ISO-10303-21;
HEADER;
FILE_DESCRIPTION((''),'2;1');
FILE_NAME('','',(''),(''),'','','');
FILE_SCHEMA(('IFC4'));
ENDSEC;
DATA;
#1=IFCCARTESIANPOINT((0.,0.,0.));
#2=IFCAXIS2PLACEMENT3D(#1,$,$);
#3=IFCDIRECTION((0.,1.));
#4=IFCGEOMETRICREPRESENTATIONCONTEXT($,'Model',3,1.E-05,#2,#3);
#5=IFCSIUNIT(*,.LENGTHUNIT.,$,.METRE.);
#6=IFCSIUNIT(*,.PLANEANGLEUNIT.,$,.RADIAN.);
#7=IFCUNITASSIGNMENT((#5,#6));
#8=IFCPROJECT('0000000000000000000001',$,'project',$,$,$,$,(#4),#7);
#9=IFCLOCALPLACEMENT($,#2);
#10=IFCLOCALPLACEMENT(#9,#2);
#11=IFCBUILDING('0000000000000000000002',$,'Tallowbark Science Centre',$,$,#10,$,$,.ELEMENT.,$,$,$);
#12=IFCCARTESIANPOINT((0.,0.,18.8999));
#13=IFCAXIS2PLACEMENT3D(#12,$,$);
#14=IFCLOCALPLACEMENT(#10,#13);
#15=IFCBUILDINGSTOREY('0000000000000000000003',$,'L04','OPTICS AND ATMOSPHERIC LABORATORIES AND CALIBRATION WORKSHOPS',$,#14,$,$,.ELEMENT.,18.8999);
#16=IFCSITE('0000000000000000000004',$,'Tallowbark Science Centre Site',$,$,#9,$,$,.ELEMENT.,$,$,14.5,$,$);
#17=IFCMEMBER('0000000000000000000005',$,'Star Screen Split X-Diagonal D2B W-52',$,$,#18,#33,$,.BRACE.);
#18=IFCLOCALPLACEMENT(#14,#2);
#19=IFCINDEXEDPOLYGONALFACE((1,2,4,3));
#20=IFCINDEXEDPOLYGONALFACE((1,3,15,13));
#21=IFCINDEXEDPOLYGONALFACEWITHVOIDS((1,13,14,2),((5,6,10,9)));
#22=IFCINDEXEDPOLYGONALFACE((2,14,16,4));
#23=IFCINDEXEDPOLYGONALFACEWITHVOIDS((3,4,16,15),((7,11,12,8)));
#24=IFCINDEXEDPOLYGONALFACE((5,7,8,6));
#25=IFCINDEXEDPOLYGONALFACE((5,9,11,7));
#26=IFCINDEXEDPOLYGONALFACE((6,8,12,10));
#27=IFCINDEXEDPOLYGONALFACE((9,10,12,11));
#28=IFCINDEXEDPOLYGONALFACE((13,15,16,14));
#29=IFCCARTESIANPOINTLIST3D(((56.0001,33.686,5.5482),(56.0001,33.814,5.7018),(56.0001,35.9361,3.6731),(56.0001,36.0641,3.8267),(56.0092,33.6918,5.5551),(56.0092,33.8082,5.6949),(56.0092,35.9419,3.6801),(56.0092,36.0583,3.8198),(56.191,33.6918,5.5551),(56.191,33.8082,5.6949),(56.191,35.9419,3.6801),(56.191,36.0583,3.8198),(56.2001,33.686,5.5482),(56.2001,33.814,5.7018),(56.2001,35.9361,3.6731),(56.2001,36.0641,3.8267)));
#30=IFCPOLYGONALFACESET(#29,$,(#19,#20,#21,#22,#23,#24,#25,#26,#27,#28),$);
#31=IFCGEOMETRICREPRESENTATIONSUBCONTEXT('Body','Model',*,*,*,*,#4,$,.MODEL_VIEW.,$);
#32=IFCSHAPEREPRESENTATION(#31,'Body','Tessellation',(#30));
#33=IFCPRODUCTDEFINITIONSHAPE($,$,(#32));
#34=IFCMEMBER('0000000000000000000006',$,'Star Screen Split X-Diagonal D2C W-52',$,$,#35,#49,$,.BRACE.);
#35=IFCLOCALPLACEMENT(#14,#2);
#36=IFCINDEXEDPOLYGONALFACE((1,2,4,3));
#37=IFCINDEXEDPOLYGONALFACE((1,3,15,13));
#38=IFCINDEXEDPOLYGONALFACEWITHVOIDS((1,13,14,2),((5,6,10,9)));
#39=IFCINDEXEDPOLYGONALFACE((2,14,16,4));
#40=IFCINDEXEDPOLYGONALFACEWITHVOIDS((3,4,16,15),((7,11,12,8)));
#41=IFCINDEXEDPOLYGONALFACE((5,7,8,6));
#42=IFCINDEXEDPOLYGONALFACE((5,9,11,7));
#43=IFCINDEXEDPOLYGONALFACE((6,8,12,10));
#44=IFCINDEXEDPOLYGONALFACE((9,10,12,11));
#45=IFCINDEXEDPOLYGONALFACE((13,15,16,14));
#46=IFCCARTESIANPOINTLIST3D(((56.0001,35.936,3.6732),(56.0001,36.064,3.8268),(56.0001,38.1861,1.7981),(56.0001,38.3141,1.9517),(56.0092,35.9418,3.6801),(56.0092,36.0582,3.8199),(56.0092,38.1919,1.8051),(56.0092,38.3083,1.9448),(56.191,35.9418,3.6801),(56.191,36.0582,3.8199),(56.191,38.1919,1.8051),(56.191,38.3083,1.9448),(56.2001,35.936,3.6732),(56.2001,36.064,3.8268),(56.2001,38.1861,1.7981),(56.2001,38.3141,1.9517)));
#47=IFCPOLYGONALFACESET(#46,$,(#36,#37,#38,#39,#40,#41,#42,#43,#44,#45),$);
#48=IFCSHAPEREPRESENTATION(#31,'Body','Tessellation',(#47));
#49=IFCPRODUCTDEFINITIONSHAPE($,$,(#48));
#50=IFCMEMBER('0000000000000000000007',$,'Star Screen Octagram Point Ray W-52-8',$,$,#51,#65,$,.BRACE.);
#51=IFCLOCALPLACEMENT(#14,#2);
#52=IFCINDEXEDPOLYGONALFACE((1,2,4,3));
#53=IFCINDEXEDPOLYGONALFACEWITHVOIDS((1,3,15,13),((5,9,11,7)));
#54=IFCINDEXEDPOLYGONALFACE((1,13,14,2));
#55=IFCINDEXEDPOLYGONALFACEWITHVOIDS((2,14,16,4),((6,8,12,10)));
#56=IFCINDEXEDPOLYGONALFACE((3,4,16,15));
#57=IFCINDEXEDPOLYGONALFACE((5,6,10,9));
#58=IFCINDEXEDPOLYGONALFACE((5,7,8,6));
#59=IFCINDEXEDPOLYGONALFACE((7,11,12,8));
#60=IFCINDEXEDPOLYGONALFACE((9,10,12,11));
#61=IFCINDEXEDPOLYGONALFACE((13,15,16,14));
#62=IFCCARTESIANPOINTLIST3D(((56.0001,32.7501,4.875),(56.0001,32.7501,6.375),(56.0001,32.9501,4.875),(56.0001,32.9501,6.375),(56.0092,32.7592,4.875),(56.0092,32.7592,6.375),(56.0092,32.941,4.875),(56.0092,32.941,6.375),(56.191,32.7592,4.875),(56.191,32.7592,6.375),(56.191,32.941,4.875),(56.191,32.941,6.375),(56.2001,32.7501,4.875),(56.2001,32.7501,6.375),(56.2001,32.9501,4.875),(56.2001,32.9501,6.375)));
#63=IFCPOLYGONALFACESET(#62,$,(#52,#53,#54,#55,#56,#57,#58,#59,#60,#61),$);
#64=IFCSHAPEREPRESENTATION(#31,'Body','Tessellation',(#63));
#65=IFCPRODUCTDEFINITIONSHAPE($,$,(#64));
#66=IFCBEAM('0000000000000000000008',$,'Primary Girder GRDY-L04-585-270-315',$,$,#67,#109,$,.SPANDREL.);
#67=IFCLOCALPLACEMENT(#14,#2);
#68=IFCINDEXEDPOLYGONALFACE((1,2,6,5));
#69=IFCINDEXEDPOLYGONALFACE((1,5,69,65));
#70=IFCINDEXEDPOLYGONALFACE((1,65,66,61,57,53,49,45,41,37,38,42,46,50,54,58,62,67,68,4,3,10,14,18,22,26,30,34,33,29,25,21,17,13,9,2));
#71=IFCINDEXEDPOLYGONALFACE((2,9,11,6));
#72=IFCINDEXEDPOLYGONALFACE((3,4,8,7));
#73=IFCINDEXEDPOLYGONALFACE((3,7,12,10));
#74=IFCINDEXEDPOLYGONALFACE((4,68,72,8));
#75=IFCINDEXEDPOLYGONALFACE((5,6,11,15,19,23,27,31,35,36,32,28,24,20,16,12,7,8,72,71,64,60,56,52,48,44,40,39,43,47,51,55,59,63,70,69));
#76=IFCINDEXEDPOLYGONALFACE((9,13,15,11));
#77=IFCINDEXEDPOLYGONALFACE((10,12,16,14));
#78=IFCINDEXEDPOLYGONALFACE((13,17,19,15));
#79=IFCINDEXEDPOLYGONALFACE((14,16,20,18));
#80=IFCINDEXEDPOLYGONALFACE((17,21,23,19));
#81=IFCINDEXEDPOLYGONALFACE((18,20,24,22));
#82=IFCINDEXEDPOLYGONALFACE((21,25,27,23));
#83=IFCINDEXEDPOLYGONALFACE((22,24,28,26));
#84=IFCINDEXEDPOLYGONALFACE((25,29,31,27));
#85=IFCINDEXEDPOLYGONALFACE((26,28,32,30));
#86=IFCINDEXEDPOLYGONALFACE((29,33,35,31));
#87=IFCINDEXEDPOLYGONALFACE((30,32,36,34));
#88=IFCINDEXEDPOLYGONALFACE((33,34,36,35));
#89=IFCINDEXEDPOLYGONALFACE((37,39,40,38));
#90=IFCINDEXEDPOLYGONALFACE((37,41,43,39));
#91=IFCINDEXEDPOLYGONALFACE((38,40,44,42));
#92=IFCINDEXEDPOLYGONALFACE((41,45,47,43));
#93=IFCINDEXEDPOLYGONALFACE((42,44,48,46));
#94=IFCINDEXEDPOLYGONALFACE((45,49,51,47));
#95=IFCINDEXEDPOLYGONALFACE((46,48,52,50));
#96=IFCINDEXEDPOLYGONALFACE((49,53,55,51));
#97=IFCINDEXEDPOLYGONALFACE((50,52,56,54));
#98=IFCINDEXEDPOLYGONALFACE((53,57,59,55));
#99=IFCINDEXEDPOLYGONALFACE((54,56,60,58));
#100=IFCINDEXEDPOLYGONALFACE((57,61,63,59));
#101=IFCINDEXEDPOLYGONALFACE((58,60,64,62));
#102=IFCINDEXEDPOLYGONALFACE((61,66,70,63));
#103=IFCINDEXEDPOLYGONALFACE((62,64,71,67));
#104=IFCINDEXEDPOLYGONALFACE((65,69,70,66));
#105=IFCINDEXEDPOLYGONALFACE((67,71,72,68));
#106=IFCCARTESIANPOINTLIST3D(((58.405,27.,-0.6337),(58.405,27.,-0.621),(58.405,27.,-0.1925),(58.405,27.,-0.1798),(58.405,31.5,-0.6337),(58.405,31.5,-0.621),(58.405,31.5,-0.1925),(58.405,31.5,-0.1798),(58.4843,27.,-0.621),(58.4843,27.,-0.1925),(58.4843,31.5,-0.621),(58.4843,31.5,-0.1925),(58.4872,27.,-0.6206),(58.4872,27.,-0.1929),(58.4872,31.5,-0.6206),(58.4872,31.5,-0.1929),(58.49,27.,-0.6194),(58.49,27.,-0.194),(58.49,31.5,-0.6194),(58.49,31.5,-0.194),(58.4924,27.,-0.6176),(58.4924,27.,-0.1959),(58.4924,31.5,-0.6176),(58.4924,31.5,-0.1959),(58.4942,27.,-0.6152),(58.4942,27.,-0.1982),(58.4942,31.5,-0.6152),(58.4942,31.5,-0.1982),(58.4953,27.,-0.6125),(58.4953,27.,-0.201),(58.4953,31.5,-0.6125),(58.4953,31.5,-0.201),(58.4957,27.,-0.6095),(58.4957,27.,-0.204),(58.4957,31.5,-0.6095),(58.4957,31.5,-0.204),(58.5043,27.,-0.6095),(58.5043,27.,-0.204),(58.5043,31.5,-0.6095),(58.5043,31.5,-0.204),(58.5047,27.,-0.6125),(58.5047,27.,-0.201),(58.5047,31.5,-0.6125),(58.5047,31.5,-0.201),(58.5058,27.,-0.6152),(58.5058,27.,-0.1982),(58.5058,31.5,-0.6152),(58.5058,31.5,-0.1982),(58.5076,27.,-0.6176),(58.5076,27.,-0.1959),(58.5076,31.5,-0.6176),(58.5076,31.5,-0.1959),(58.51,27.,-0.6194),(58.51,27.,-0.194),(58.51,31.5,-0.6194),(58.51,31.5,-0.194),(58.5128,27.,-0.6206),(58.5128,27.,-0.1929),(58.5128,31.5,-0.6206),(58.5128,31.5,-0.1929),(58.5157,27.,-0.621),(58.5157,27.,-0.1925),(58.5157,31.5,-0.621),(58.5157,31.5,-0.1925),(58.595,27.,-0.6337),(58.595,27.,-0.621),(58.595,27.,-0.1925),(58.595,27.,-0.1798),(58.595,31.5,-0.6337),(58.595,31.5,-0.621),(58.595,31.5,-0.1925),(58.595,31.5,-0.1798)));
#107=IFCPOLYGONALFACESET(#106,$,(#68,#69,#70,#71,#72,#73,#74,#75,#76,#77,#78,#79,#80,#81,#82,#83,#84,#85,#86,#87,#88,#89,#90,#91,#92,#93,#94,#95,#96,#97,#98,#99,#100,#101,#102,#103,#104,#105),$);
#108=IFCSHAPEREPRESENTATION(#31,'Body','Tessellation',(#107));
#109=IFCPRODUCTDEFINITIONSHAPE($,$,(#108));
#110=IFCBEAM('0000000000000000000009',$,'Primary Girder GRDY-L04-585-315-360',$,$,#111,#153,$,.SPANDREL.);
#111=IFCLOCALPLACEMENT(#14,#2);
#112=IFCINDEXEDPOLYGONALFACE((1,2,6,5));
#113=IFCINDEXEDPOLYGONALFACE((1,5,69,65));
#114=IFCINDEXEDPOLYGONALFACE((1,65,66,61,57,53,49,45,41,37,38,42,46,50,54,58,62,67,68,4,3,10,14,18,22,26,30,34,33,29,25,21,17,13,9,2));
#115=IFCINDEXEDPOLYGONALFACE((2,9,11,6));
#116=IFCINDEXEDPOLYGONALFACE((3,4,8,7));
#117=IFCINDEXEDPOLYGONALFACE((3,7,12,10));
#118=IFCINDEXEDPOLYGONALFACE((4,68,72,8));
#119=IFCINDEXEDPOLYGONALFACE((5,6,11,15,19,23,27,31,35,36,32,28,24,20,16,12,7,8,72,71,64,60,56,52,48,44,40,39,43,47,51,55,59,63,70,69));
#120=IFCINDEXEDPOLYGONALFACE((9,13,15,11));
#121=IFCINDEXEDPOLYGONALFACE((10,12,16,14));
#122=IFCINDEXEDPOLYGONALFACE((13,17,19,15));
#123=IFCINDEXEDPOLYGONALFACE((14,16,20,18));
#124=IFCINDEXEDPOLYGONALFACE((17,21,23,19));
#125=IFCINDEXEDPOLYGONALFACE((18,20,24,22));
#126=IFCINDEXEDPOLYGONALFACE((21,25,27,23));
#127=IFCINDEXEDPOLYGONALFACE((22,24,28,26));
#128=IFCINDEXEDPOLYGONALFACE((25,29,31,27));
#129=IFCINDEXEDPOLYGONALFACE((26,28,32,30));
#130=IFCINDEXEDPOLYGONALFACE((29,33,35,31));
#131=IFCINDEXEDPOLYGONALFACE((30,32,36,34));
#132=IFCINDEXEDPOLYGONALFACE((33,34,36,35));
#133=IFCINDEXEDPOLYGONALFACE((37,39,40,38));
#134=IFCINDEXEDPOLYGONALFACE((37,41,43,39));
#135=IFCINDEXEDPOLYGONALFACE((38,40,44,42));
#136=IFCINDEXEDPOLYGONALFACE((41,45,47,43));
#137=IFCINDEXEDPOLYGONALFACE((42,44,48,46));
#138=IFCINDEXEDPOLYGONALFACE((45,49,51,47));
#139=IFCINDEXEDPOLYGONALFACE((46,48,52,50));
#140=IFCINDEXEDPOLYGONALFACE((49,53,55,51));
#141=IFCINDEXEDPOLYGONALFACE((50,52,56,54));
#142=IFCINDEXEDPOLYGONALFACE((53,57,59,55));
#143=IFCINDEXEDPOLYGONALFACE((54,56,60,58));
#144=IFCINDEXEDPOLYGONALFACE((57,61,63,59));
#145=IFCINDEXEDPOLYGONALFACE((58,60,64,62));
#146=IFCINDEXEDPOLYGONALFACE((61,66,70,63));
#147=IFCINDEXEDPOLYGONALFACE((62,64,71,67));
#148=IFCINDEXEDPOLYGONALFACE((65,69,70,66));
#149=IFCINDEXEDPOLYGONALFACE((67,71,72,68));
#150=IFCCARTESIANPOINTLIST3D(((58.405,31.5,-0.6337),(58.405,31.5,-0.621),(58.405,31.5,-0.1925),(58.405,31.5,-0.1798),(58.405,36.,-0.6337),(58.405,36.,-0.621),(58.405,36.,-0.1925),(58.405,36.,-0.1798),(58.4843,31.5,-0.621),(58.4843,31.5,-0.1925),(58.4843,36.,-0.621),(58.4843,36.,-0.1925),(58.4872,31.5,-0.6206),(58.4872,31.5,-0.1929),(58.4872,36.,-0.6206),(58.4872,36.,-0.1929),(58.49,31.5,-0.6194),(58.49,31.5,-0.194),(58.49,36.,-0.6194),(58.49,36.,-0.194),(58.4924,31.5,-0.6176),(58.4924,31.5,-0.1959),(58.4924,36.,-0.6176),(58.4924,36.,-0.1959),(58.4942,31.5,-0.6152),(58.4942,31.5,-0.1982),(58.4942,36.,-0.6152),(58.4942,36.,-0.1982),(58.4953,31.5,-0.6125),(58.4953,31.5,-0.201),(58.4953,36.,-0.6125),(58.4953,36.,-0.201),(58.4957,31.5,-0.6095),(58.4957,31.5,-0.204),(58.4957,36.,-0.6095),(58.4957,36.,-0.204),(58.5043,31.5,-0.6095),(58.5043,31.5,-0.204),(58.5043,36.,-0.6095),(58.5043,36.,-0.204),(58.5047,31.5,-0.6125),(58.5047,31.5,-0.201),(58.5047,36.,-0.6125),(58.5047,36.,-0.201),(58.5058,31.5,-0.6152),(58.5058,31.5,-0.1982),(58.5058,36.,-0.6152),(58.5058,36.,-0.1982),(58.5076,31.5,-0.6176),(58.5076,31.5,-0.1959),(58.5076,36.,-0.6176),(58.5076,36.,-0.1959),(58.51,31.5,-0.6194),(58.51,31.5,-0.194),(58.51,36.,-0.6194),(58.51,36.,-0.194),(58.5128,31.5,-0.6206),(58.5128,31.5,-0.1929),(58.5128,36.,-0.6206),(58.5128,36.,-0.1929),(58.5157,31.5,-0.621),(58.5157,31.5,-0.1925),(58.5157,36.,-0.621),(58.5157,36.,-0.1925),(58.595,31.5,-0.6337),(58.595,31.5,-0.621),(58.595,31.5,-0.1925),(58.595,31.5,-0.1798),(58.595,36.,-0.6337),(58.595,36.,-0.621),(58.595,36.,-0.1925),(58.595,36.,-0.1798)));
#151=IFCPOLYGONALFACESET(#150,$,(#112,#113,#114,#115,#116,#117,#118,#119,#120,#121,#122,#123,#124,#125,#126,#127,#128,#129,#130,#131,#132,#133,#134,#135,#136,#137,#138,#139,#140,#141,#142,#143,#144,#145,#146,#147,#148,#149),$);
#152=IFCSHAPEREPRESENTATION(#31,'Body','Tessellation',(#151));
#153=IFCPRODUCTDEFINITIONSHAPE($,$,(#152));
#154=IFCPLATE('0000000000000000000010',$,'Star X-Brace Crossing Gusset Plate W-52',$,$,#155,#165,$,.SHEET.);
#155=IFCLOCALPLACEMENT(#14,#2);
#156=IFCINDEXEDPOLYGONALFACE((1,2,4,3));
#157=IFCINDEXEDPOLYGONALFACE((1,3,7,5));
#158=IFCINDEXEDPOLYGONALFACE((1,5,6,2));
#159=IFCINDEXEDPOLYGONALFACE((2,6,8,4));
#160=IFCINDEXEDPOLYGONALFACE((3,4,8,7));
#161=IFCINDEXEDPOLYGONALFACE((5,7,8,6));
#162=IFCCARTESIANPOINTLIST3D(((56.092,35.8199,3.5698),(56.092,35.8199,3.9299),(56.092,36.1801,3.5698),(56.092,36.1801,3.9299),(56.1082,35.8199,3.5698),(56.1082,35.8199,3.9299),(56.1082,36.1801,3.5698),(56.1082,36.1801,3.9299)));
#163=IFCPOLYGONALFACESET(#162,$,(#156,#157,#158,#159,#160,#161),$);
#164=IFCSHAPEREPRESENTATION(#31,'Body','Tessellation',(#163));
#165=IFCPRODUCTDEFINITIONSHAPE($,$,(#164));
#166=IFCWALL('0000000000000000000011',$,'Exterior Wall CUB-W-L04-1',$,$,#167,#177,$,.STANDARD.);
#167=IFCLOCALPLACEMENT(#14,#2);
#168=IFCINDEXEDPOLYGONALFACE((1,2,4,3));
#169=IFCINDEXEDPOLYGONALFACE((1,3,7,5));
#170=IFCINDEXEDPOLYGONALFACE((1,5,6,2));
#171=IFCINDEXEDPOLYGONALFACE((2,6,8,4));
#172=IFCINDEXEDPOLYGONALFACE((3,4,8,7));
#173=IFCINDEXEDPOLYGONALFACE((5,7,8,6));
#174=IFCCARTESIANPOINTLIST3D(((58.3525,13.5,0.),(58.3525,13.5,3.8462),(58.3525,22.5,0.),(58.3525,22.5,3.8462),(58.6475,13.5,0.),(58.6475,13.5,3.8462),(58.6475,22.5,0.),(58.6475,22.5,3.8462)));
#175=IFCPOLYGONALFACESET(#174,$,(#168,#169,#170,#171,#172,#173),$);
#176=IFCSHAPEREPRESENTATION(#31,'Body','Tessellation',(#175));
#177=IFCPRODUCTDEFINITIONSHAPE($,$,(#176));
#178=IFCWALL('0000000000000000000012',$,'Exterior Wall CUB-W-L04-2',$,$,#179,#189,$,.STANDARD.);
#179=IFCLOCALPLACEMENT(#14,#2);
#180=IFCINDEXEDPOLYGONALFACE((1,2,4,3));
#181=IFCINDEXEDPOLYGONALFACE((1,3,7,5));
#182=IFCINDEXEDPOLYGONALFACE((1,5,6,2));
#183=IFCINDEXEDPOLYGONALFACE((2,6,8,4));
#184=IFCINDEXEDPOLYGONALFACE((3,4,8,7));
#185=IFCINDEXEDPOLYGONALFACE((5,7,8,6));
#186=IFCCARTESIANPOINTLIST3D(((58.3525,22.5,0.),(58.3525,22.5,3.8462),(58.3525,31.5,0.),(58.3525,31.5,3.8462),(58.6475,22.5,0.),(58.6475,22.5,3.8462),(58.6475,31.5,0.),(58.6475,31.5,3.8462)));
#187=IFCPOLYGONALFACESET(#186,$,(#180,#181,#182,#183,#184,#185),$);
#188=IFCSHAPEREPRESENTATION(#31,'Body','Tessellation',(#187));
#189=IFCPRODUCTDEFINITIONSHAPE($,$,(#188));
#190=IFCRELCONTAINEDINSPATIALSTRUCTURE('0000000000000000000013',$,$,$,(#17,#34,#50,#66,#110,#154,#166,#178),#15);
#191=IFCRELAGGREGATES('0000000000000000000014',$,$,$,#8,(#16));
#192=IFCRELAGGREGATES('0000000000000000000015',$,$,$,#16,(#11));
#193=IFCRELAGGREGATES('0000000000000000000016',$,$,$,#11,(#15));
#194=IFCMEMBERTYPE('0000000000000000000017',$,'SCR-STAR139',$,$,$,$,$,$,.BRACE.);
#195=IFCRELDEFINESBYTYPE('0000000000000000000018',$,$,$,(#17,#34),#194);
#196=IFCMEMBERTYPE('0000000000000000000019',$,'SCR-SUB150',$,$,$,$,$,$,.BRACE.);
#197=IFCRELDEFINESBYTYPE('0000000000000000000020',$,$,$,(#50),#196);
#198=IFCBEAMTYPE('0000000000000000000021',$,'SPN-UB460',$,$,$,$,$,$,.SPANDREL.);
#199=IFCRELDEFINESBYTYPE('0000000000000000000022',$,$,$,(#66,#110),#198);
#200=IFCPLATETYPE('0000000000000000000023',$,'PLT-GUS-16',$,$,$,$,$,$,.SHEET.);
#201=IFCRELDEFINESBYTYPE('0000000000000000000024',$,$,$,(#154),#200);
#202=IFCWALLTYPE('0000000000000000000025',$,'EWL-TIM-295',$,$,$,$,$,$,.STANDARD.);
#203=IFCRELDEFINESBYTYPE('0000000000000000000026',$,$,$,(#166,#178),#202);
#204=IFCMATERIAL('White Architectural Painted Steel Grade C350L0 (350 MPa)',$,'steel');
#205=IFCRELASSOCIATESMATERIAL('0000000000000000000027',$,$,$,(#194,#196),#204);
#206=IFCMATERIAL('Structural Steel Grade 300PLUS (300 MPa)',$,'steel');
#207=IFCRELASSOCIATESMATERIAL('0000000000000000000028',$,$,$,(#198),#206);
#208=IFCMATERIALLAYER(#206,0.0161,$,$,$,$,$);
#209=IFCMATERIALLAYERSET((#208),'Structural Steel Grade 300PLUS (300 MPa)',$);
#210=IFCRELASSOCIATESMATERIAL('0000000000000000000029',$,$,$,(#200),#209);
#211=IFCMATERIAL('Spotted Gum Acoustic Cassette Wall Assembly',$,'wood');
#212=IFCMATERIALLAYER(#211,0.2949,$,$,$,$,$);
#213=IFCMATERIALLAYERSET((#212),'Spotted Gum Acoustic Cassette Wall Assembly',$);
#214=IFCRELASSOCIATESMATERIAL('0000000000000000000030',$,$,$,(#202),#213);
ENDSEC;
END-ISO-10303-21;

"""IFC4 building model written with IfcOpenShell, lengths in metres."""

from ifc_helpers import new_model, si_unit, direction, frame, frame_2d, origin, origin_2d, place, context, subcontext, project, spatial, rectangle, hollow_rectangle, i_section, extrude, material, layer, layer_set, material_profile, profile_set, type_object, element, save


model = new_model("IFC4")

# Units and contexts
model_context = context("Model", 3, precision=1e-05, world=origin(), true_north=direction((0.0, 1.0)))
body_context = subcontext(model_context, "Body", "Model", "MODEL_VIEW")
ifc_project = project(units=[si_unit("LENGTHUNIT", "METRE"), si_unit("PLANEANGLEUNIT", "RADIAN")], contexts=[model_context])

# Site, building, storey
site_placement = place(None, origin())
site = spatial("IfcSite", under=ifc_project, at=site_placement, Name="Tallowbark Science Centre Site", CompositionType="ELEMENT", RefElevation=14.5)
building_placement = place(site_placement, origin())
building = spatial("IfcBuilding", under=site, at=building_placement, Name="Tallowbark Science Centre", CompositionType="ELEMENT")
storey_placement = place(building_placement, frame((0.0, 0.0, 18.8999)))
storey = spatial("IfcBuildingStorey", under=building, at=storey_placement, Name="L04", Description="OPTICS AND ATMOSPHERIC LABORATORIES AND CALIBRATION WORKSHOPS", CompositionType="ELEMENT", Elevation=18.8999)

# Shared definitions
ifc_material_1 = material(Name="Structural Steel Grade 300PLUS (300 MPa)", Category="steel")

# Shared definitions
ifc_material_2 = material(Name="White Architectural Painted Steel Grade C350L0 (350 MPa)", Category="steel")

# Members
ifc_material_profile_1 = material_profile(ifc_material_2, hollow_rectangle(XDim=0.2, YDim=0.2, WallThickness=0.009, at=origin_2d()), Name="200x200x9.0SHS")
ifc_profile_set_1 = profile_set([ifc_material_profile_1], Name="White Architectural Painted Steel Grade C350L0 (350 MPa)")
member_type_1 = type_object("IfcMemberType", Name="SCR-STAR139", PredefinedType="BRACE", material=ifc_profile_set_1)
for number, where, z_axis, x_axis, name in (
    (1, (56.1001, 33.75, 5.625), (0.0, 0.768221, -0.640184), (-1.0, 0.0, 0.0), "Star Screen Split X-Diagonal D2B W-52"),
    (2, (56.1001, 36.0, 3.75), (0.0, 0.768221, -0.640184), (-1.0, 0.0, 0.0), "Star Screen Split X-Diagonal D2C W-52"),
):
    element("IfcMember", number, at=place(storey_placement, frame(where, z_axis=z_axis, x_axis=x_axis)), inside=storey, type_object=member_type_1, Name=name, PredefinedType="BRACE", context=body_context, shape_type="SweptSolid", body=[
        extrude(hollow_rectangle(XDim=0.2, YDim=0.2, WallThickness=0.009, at=origin_2d()), origin(), (0.0, 0.0, 1.0), 2.929),
    ])
ifc_material_profile_2 = material_profile(ifc_material_2, hollow_rectangle(XDim=0.2, YDim=0.2, WallThickness=0.009, at=origin_2d()), Name="200x200x9.0SHS")
ifc_profile_set_2 = profile_set([ifc_material_profile_2], Name="White Architectural Painted Steel Grade C350L0 (350 MPa)")
member_type_2 = type_object("IfcMemberType", Name="SCR-SUB150", PredefinedType="BRACE", material=ifc_profile_set_2)
member_1_placement = place(storey_placement, frame((56.1001, 32.8501, 6.375), z_axis=(0.0, 0.0, -1.0), x_axis=(1.0, 0.0, 0.0)))
element("IfcMember", 3, at=member_1_placement, inside=storey, type_object=member_type_2, Name="Star Screen Octagram Point Ray W-52-8", PredefinedType="BRACE", context=body_context, shape_type="SweptSolid", body=[
    extrude(hollow_rectangle(XDim=0.2, YDim=0.2, WallThickness=0.009, at=origin_2d()), origin(), (0.0, 0.0, 1.0), 1.5),
])

# Beams
ifc_material_profile_3 = material_profile(ifc_material_1, i_section(OverallWidth=0.1899, OverallDepth=0.4539, WebThickness=0.0085, FlangeThickness=0.0127, FilletRadius=0.0115, at=origin_2d()), Name="460UB67.1")
ifc_profile_set_3 = profile_set([ifc_material_profile_3], Name="Structural Steel Grade 300PLUS (300 MPa)")
beam_type_1 = type_object("IfcBeamType", Name="SPN-UB460", PredefinedType="SPANDREL", material=ifc_profile_set_3)
for number, where, z_axis, x_axis, name in (
    (4, (58.5, 27.0, -0.4067), (0.0, 1.0, 0.0), (-1.0, 0.0, 0.0), "Primary Girder GRDY-L04-585-270-315"),
    (5, (58.5, 31.5, -0.4067), (0.0, 1.0, 0.0), (-1.0, 0.0, 0.0), "Primary Girder GRDY-L04-585-315-360"),
):
    element("IfcBeam", number, at=place(storey_placement, frame(where, z_axis=z_axis, x_axis=x_axis)), inside=storey, type_object=beam_type_1, Name=name, PredefinedType="SPANDREL", context=body_context, shape_type="SweptSolid", body=[
        extrude(i_section(OverallWidth=0.1899, OverallDepth=0.4539, WebThickness=0.0085, FlangeThickness=0.0127, FilletRadius=0.0115, at=origin_2d()), origin(), (0.0, 0.0, 1.0), 4.5),
    ])

# Plate
ifc_layer_1 = layer(ifc_material_1, 0.0161)
ifc_layer_set_1 = layer_set([ifc_layer_1], Name="Structural Steel Grade 300PLUS (300 MPa)")
plate_type = type_object("IfcPlateType", Name="PLT-GUS-16", PredefinedType="SHEET", material=ifc_layer_set_1)
plate_placement = place(storey_placement, frame((56.1001, 36.0, 3.5698), z_axis=(0.0, 0.0, 1.0), x_axis=(0.0, 1.0, 0.0)))
element("IfcPlate", 6, at=plate_placement, inside=storey, type_object=plate_type, Name="Star X-Brace Crossing Gusset Plate W-52", PredefinedType="SHEET", context=body_context, shape_type="SweptSolid", body=[
    extrude(rectangle(XDim=0.3601, YDim=0.0161, at=origin_2d()), origin(), (0.0, 0.0, 1.0), 0.3601),
])

# Walls
ifc_material_3 = material(Name="Spotted Gum Acoustic Cassette Wall Assembly", Category="wood")
ifc_layer_2 = layer(ifc_material_3, 0.2949)
ifc_layer_set_2 = layer_set([ifc_layer_2], Name="Spotted Gum Acoustic Cassette Wall Assembly")
wall_type_1 = type_object("IfcWallType", Name="EWL-TIM-295", PredefinedType="STANDARD", material=ifc_layer_set_2)
for number, where, z_axis, x_axis, name in (
    (7, (58.5, 22.5, 0.0), (0.0, 0.0, 1.0), (0.0, -1.0, 0.0), "Exterior Wall CUB-W-L04-1"),
    (8, (58.5, 31.5, 0.0), (0.0, 0.0, 1.0), (0.0, -1.0, 0.0), "Exterior Wall CUB-W-L04-2"),
):
    element("IfcWall", number, at=place(storey_placement, frame(where, z_axis=z_axis, x_axis=x_axis)), inside=storey, type_object=wall_type_1, Name=name, PredefinedType="STANDARD", context=body_context, shape_type="SweptSolid", body=[
        extrude(rectangle(XDim=9.0, YDim=0.2949, at=frame_2d((4.5, 0.0))), origin(), (0.0, 0.0, 1.0), 3.8462),
    ])

save(model, "model.ifc")
